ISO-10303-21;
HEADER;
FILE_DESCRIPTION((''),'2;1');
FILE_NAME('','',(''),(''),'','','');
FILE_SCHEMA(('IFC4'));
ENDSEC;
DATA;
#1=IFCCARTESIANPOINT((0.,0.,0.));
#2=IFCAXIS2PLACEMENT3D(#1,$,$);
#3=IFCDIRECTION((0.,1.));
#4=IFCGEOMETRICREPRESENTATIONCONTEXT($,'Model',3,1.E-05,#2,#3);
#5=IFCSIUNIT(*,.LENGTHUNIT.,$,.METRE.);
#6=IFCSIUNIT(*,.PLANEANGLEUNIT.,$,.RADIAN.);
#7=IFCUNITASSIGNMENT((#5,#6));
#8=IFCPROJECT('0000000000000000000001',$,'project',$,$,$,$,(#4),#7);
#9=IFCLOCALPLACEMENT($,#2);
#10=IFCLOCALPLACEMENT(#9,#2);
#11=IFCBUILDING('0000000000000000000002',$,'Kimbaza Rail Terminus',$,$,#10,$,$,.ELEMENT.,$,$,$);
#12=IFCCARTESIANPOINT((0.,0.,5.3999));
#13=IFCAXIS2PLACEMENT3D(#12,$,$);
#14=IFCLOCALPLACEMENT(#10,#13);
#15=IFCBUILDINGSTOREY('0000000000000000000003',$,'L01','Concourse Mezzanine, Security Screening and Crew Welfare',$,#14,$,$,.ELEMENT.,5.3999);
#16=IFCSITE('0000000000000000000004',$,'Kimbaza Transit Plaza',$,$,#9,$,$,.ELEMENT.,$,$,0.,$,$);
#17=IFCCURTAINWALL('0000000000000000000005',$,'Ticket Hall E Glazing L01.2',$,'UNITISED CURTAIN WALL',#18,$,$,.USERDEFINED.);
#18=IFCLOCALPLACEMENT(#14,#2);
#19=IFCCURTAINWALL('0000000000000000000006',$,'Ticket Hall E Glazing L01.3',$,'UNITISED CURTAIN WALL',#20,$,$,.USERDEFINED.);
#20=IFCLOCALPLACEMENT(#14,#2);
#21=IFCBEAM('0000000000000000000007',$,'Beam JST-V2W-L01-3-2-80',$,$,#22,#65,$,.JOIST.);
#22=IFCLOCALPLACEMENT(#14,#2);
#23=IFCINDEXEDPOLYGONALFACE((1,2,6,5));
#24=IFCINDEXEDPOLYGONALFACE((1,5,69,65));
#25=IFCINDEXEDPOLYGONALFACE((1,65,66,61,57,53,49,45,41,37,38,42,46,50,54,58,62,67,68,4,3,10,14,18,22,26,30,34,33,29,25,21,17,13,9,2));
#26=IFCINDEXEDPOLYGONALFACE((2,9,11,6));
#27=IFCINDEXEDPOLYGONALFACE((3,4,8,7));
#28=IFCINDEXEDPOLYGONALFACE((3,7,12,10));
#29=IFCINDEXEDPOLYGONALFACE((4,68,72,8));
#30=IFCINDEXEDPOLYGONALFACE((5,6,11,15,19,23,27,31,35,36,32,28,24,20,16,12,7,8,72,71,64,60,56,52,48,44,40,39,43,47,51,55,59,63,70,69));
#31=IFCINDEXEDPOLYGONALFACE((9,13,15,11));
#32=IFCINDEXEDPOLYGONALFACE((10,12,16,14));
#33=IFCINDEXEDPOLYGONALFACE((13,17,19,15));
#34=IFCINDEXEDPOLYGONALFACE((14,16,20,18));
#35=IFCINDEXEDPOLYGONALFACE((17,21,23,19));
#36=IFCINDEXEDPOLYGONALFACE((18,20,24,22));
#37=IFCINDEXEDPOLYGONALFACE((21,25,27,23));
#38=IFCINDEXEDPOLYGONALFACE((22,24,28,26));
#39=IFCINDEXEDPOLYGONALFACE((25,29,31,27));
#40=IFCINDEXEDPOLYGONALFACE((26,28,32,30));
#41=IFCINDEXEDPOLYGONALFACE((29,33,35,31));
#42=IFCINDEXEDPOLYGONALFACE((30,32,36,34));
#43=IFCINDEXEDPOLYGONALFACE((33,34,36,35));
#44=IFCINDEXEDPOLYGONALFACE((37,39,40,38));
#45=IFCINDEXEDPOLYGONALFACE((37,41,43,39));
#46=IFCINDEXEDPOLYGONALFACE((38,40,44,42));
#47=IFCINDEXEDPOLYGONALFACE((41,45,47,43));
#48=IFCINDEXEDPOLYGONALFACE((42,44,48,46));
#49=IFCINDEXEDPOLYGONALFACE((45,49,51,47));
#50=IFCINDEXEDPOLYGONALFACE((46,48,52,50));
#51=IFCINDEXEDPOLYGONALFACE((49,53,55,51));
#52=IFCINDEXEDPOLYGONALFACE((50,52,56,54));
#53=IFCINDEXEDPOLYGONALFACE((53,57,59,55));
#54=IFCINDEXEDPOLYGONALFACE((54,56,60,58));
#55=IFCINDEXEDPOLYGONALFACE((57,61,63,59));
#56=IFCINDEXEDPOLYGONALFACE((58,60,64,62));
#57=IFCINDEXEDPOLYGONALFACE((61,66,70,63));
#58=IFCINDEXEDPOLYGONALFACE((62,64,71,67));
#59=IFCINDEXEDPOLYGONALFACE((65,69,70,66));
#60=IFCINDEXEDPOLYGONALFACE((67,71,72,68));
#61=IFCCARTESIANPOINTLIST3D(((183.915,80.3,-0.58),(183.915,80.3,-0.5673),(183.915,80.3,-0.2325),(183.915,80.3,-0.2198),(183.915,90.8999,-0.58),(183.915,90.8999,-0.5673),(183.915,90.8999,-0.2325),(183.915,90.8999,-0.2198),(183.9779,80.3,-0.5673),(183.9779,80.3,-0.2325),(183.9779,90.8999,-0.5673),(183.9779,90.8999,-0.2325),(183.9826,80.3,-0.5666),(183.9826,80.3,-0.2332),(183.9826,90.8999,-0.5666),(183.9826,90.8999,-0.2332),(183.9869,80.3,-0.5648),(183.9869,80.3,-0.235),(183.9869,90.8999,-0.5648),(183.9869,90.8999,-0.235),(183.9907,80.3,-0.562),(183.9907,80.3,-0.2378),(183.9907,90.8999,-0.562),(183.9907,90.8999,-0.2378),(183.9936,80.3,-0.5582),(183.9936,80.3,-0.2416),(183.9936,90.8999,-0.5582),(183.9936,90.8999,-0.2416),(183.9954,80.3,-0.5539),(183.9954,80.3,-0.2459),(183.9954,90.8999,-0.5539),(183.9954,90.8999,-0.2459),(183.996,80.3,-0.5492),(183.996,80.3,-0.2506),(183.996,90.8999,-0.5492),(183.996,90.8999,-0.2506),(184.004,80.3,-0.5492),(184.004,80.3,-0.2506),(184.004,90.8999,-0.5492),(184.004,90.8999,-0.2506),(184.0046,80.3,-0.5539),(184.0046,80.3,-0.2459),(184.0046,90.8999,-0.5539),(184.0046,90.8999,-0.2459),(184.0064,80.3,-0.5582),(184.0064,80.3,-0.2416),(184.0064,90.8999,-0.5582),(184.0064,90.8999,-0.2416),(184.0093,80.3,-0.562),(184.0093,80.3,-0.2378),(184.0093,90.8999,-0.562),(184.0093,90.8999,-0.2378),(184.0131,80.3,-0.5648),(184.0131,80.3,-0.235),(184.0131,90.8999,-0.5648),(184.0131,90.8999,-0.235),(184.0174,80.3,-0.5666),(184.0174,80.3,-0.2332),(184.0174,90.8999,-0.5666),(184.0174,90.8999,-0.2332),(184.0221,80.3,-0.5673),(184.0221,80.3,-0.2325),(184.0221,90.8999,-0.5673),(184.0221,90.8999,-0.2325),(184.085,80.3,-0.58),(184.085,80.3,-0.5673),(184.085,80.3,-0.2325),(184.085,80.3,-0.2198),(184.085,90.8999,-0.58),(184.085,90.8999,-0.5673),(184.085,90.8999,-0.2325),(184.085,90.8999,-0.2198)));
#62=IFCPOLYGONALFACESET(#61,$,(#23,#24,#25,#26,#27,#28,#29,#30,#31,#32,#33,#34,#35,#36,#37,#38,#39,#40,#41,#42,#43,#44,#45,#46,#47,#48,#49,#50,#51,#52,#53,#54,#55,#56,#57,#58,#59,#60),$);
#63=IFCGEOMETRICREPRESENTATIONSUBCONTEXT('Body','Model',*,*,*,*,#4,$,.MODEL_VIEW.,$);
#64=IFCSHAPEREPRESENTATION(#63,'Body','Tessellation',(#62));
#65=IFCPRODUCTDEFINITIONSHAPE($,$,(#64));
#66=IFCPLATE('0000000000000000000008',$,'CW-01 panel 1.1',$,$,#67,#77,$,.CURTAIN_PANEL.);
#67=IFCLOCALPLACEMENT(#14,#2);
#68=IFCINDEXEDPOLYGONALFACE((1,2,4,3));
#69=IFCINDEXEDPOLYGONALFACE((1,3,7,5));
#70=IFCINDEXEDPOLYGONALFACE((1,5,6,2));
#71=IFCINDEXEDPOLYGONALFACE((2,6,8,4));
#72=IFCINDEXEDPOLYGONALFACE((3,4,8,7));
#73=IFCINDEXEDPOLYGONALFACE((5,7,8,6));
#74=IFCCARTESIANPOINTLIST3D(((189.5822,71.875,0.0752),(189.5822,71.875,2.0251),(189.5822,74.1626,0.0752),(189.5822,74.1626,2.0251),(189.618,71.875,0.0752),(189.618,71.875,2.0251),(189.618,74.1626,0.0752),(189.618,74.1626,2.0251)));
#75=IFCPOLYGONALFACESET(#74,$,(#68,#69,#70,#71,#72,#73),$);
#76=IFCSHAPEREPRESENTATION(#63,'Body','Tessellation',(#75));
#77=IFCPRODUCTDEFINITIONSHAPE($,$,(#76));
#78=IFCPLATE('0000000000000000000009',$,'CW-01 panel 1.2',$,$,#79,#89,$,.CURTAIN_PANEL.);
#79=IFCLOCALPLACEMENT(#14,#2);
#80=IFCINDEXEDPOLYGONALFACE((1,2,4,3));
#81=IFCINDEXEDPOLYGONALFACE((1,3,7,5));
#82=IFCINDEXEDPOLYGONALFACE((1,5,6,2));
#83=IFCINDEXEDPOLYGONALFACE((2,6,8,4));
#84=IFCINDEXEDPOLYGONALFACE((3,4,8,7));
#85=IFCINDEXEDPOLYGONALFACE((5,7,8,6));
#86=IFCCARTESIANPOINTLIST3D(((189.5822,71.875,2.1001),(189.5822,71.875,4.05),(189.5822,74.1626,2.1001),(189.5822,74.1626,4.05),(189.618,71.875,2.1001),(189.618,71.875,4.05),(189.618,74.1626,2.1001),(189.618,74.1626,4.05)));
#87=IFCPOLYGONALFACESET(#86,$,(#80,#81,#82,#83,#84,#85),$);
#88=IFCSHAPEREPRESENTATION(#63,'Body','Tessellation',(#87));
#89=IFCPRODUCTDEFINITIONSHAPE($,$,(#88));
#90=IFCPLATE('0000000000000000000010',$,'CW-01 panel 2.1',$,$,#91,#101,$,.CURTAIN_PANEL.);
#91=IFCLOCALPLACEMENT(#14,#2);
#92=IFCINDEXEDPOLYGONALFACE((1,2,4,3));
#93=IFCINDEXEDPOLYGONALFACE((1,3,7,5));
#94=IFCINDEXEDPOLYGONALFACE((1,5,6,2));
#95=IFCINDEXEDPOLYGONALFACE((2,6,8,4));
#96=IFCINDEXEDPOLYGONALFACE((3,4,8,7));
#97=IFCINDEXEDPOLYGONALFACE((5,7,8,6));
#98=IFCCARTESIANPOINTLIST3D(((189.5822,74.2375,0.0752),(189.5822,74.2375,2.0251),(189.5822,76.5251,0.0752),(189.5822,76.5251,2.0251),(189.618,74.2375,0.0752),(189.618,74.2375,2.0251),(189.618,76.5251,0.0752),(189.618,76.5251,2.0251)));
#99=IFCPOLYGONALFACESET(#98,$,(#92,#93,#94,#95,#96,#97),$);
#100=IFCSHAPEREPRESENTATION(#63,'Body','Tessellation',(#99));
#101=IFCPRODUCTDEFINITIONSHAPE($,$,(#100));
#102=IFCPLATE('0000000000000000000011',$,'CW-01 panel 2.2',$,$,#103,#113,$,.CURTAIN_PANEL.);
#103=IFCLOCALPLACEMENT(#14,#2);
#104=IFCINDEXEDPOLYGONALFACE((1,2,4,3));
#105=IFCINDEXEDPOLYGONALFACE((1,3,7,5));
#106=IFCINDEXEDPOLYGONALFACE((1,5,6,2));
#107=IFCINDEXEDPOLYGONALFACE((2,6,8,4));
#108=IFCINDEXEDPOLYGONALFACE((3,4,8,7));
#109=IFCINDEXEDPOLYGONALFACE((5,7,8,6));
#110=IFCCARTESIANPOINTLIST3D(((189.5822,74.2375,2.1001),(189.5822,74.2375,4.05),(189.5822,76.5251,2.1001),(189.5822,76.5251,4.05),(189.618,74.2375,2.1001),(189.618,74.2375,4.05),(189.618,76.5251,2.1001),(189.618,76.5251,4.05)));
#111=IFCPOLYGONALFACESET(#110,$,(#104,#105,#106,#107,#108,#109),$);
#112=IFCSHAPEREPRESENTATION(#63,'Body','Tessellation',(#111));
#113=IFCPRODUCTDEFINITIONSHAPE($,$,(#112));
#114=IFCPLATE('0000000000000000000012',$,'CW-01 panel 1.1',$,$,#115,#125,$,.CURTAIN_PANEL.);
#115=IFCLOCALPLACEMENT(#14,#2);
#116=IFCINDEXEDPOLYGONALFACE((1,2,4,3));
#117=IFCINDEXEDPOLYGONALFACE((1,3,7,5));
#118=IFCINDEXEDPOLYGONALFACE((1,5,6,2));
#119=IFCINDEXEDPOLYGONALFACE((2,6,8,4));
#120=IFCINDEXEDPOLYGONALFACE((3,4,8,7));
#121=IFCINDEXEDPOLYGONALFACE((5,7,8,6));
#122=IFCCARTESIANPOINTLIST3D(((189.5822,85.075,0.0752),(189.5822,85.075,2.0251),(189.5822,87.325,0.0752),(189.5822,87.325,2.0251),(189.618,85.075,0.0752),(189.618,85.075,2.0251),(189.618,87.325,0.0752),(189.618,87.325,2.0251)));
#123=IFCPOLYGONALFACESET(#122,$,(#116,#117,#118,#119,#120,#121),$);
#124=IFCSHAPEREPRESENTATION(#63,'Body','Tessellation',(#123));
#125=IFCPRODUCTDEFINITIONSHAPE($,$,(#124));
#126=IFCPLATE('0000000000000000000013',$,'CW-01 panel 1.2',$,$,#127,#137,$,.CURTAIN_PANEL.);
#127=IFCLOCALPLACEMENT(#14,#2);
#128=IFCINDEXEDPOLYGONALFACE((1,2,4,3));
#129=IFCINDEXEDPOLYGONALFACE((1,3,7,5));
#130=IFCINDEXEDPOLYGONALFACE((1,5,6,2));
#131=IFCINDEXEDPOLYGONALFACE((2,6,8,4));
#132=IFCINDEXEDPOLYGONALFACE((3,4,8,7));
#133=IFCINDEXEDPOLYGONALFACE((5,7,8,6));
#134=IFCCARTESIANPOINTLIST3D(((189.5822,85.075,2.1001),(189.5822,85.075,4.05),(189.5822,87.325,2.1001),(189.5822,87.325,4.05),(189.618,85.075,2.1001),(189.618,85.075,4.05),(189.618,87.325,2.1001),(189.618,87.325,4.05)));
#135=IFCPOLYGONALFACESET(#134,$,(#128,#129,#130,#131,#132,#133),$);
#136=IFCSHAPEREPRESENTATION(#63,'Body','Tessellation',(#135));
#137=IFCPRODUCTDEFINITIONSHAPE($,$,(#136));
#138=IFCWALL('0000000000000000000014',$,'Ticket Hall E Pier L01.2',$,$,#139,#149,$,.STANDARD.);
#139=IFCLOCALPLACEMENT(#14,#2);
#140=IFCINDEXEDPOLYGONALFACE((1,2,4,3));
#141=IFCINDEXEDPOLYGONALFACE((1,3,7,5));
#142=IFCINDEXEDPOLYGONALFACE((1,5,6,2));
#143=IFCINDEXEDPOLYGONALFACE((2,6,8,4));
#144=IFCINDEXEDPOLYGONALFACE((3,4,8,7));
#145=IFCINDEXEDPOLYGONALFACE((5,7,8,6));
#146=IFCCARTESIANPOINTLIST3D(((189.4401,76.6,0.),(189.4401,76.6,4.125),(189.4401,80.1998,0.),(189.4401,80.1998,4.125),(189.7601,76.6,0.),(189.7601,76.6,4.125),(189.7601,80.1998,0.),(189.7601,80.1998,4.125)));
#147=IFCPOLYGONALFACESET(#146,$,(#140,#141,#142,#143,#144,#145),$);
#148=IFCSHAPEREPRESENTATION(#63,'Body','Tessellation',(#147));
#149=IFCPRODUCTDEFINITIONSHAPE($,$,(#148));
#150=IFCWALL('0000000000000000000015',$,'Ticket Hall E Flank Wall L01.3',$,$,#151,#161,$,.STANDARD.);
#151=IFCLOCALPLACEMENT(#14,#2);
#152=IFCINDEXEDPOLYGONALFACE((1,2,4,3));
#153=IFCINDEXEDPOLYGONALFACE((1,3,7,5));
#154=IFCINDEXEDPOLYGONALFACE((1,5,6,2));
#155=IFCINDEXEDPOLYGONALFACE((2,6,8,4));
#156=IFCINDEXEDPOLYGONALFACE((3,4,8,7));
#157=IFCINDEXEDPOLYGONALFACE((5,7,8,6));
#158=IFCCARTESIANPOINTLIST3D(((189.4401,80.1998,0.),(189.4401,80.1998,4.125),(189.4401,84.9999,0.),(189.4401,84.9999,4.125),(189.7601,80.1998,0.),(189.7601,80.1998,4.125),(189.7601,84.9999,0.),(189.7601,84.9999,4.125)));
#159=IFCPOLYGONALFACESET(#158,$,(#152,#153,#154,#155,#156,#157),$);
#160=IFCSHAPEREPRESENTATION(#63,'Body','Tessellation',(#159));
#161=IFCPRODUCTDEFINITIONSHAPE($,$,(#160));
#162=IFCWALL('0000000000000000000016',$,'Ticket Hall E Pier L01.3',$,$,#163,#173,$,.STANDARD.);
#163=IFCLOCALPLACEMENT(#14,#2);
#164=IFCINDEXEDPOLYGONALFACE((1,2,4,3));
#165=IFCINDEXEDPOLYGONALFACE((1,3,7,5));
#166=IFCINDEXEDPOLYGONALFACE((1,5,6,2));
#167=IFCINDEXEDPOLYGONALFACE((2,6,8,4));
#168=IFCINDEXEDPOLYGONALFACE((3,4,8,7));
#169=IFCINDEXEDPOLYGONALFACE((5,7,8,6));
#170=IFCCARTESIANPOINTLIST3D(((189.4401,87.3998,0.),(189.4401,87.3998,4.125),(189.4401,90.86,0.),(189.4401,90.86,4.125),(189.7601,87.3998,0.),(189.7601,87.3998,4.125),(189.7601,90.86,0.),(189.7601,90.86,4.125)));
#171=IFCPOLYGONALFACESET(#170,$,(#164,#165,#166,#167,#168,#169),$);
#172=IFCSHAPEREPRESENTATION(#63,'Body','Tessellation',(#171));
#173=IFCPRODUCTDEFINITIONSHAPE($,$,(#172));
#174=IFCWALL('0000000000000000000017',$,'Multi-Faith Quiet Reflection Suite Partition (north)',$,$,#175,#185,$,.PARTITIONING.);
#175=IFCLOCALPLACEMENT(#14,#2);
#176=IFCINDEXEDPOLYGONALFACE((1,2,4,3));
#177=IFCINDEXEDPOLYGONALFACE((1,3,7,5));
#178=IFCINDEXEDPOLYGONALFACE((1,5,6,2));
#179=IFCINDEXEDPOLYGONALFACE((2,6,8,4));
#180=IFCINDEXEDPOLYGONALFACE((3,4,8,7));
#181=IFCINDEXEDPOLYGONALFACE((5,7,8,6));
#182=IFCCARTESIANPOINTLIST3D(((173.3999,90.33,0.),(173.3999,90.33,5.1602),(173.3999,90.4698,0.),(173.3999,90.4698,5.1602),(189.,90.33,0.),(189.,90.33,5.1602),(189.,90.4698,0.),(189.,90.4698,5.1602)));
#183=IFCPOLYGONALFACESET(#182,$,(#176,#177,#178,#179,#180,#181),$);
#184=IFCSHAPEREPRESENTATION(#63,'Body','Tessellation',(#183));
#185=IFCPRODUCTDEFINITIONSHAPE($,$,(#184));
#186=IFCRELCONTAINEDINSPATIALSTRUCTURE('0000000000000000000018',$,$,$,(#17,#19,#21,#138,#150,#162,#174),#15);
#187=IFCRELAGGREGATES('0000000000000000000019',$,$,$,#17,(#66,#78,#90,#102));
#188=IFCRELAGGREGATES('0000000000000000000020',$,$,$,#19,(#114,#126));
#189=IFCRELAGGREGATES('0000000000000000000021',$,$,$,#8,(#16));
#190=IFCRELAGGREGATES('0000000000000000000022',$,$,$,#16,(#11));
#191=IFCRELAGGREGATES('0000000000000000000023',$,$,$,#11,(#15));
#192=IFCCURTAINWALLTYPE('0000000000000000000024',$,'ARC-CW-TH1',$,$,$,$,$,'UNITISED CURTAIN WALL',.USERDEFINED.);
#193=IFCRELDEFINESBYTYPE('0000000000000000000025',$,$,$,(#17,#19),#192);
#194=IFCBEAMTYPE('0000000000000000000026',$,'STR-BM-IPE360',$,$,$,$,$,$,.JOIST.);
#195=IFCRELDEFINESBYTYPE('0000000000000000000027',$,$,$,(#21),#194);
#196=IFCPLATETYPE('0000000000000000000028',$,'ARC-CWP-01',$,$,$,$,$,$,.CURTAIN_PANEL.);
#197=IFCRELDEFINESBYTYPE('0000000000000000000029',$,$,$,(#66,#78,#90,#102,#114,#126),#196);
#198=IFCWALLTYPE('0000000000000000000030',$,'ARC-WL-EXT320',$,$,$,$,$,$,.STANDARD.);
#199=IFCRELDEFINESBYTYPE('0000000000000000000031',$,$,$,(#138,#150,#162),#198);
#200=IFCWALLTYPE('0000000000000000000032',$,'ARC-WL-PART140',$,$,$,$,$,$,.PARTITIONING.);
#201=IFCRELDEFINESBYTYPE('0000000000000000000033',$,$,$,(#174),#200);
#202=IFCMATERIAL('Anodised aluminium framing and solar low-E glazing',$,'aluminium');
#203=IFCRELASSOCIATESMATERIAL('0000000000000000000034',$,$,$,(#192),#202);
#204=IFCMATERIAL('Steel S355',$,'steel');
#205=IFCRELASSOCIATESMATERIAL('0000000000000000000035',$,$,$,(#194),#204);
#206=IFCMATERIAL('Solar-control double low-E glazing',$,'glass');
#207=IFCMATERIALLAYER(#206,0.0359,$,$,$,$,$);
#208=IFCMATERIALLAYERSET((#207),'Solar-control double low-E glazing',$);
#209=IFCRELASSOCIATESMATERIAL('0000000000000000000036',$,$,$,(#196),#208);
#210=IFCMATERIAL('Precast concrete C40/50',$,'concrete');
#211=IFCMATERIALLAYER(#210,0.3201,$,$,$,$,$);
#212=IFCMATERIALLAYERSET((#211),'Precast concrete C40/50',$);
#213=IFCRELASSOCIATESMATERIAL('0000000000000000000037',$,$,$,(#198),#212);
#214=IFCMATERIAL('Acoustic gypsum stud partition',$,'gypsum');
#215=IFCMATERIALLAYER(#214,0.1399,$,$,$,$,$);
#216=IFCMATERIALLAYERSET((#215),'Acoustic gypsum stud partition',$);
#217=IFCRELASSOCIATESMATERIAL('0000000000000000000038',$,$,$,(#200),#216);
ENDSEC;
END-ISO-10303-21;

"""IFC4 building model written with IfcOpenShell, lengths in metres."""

from ifc_helpers import new_model, si_unit, direction, frame, frame_2d, origin, origin_2d, place, context, subcontext, project, spatial, rectangle, i_section, extrude, material, layer, layer_set, material_profile, profile_set, type_object, element, aggregate, save


model = new_model("IFC4")

# Units and contexts
model_context = context("Model", 3, precision=1e-05, world=origin(), true_north=direction((0.0, 1.0)))
body_context = subcontext(model_context, "Body", "Model", "MODEL_VIEW")
ifc_project = project(units=[si_unit("LENGTHUNIT", "METRE"), si_unit("PLANEANGLEUNIT", "RADIAN")], contexts=[model_context])

# Site, building, storey
site_placement = place(None, origin())
site = spatial("IfcSite", under=ifc_project, at=site_placement, Name="Kimbaza Transit Plaza", CompositionType="ELEMENT", RefElevation=0.0)
building_placement = place(site_placement, origin())
building = spatial("IfcBuilding", under=site, at=building_placement, Name="Kimbaza Rail Terminus", CompositionType="ELEMENT")
storey_placement = place(building_placement, frame((0.0, 0.0, 5.3999)))
storey = spatial("IfcBuildingStorey", under=building, at=storey_placement, Name="L01", Description="Concourse Mezzanine, Security Screening and Crew Welfare", CompositionType="ELEMENT", Elevation=5.3999)

# Curtain walls
ifc_material_1 = material(Name="Anodised aluminium framing and solar low-E glazing", Category="aluminium")
curtain_wall_type = type_object("IfcCurtainWallType", Name="ARC-CW-TH1", ElementType="UNITISED CURTAIN WALL", PredefinedType="USERDEFINED", material=ifc_material_1)
curtain_wall_1_placement = place(storey_placement, origin())
curtain_wall_1 = element("IfcCurtainWall", 1, at=curtain_wall_1_placement, inside=storey, type_object=curtain_wall_type, Name="Ticket Hall E Glazing L01.2", ObjectType="UNITISED CURTAIN WALL", PredefinedType="USERDEFINED")
curtain_wall_2_placement = place(storey_placement, origin())
curtain_wall_2 = element("IfcCurtainWall", 2, at=curtain_wall_2_placement, inside=storey, type_object=curtain_wall_type, Name="Ticket Hall E Glazing L01.3", ObjectType="UNITISED CURTAIN WALL", PredefinedType="USERDEFINED")

# Beam
ifc_material_2 = material(Name="Steel S355", Category="steel")
ifc_material_profile_1 = material_profile(ifc_material_2, i_section(OverallWidth=0.1699, OverallDepth=0.3601, WebThickness=0.0081, FlangeThickness=0.0127, FilletRadius=0.0181, at=origin_2d()), Name="IPE 360")
ifc_profile_set_1 = profile_set([ifc_material_profile_1], Name="Steel S355")
beam_type_1 = type_object("IfcBeamType", Name="STR-BM-IPE360", PredefinedType="JOIST", material=ifc_profile_set_1)
beam_1_placement = place(storey_placement, frame((184.0, 80.3, -0.3999), z_axis=(0.0, 1.0, 0.0), x_axis=(-1.0, 0.0, 0.0)))
element("IfcBeam", 3, at=beam_1_placement, inside=storey, type_object=beam_type_1, Name="Beam JST-V2W-L01-3-2-80", PredefinedType="JOIST", context=body_context, shape_type="SweptSolid", body=[
    extrude(i_section(OverallWidth=0.1699, OverallDepth=0.3601, WebThickness=0.0081, FlangeThickness=0.0127, FilletRadius=0.0181, at=origin_2d()), origin(), (0.0, 0.0, 1.0), 10.5999),
])

# Plates
ifc_material_3 = material(Name="Solar-control double low-E glazing", Category="glass")
ifc_layer_1 = layer(ifc_material_3, 0.0359)
ifc_layer_set_1 = layer_set([ifc_layer_1], Name="Solar-control double low-E glazing")
plate_type = type_object("IfcPlateType", Name="ARC-CWP-01", PredefinedType="CURTAIN_PANEL", material=ifc_layer_set_1)
plate_1_placement = place(storey_placement, frame((189.6001, 73.0188, 0.0752), z_axis=(0.0, 0.0, 1.0), x_axis=(0.0, 1.0, 0.0)))
plate_1 = element("IfcPlate", 4, at=plate_1_placement, type_object=plate_type, Name="CW-01 panel 1.1", PredefinedType="CURTAIN_PANEL", context=body_context, shape_type="SweptSolid", body=[
    extrude(rectangle(XDim=2.2876, YDim=0.0359, at=origin_2d()), origin(), (0.0, 0.0, 1.0), 1.95),
])
plate_2_placement = place(storey_placement, frame((189.6001, 73.0188, 2.1001), z_axis=(0.0, 0.0, 1.0), x_axis=(0.0, 1.0, 0.0)))
plate_2 = element("IfcPlate", 5, at=plate_2_placement, type_object=plate_type, Name="CW-01 panel 1.2", PredefinedType="CURTAIN_PANEL", context=body_context, shape_type="SweptSolid", body=[
    extrude(rectangle(XDim=2.2876, YDim=0.0359, at=origin_2d()), origin(), (0.0, 0.0, 1.0), 1.95),
])
plate_3_placement = place(storey_placement, frame((189.6001, 75.3813, 0.0752), z_axis=(0.0, 0.0, 1.0), x_axis=(0.0, 1.0, 0.0)))
plate_3 = element("IfcPlate", 6, at=plate_3_placement, type_object=plate_type, Name="CW-01 panel 2.1", PredefinedType="CURTAIN_PANEL", context=body_context, shape_type="SweptSolid", body=[
    extrude(rectangle(XDim=2.2876, YDim=0.0359, at=origin_2d()), origin(), (0.0, 0.0, 1.0), 1.95),
])
plate_4_placement = place(storey_placement, frame((189.6001, 75.3813, 2.1001), z_axis=(0.0, 0.0, 1.0), x_axis=(0.0, 1.0, 0.0)))
plate_4 = element("IfcPlate", 7, at=plate_4_placement, type_object=plate_type, Name="CW-01 panel 2.2", PredefinedType="CURTAIN_PANEL", context=body_context, shape_type="SweptSolid", body=[
    extrude(rectangle(XDim=2.2876, YDim=0.0359, at=origin_2d()), origin(), (0.0, 0.0, 1.0), 1.95),
])
aggregate(curtain_wall_1, [plate_1, plate_2, plate_3, plate_4])
plate_5_placement = place(storey_placement, frame((189.6001, 86.2, 0.0752), z_axis=(0.0, 0.0, 1.0), x_axis=(0.0, 1.0, 0.0)))
plate_5 = element("IfcPlate", 8, at=plate_5_placement, type_object=plate_type, Name="CW-01 panel 1.1", PredefinedType="CURTAIN_PANEL", context=body_context, shape_type="SweptSolid", body=[
    extrude(rectangle(XDim=2.25, YDim=0.0359, at=origin_2d()), origin(), (0.0, 0.0, 1.0), 1.95),
])
plate_6_placement = place(storey_placement, frame((189.6001, 86.2, 2.1001), z_axis=(0.0, 0.0, 1.0), x_axis=(0.0, 1.0, 0.0)))
plate_6 = element("IfcPlate", 9, at=plate_6_placement, type_object=plate_type, Name="CW-01 panel 1.2", PredefinedType="CURTAIN_PANEL", context=body_context, shape_type="SweptSolid", body=[
    extrude(rectangle(XDim=2.25, YDim=0.0359, at=origin_2d()), origin(), (0.0, 0.0, 1.0), 1.95),
])
aggregate(curtain_wall_2, [plate_5, plate_6])

# Walls
ifc_material_4 = material(Name="Precast concrete C40/50", Category="concrete")
ifc_layer_2 = layer(ifc_material_4, 0.3201)
ifc_layer_set_2 = layer_set([ifc_layer_2], Name="Precast concrete C40/50")
wall_type_1 = type_object("IfcWallType", Name="ARC-WL-EXT320", PredefinedType="STANDARD", material=ifc_layer_set_2)
wall_1_placement = place(storey_placement, frame((189.6001, 76.6001, 0.0), z_axis=(0.0, 0.0, 1.0), x_axis=(0.0, 1.0, 0.0)))
element("IfcWall", 10, at=wall_1_placement, inside=storey, type_object=wall_type_1, Name="Ticket Hall E Pier L01.2", PredefinedType="STANDARD", context=body_context, shape_type="SweptSolid", body=[
    extrude(rectangle(XDim=3.5999, YDim=0.3201, at=frame_2d((1.7998, 0.0))), origin(), (0.0, 0.0, 1.0), 4.125),
])
wall_2_placement = place(storey_placement, frame((189.6001, 80.2, 0.0), z_axis=(0.0, 0.0, 1.0), x_axis=(0.0, 1.0, 0.0)))
element("IfcWall", 11, at=wall_2_placement, inside=storey, type_object=wall_type_1, Name="Ticket Hall E Flank Wall L01.3", PredefinedType="STANDARD", context=body_context, shape_type="SweptSolid", body=[
    extrude(rectangle(XDim=4.8, YDim=0.3201, at=frame_2d((2.3999, 0.0))), origin(), (0.0, 0.0, 1.0), 4.125),
])
wall_3_placement = place(storey_placement, frame((189.6001, 87.3999, 0.0), z_axis=(0.0, 0.0, 1.0), x_axis=(0.0, 1.0, 0.0)))
element("IfcWall", 12, at=wall_3_placement, inside=storey, type_object=wall_type_1, Name="Ticket Hall E Pier L01.3", PredefinedType="STANDARD", context=body_context, shape_type="SweptSolid", body=[
    extrude(rectangle(XDim=3.4602, YDim=0.3201, at=frame_2d((1.73, 0.0))), origin(), (0.0, 0.0, 1.0), 4.125),
])
ifc_material_5 = material(Name="Acoustic gypsum stud partition", Category="gypsum")
ifc_layer_3 = layer(ifc_material_5, 0.1399)
ifc_layer_set_3 = layer_set([ifc_layer_3], Name="Acoustic gypsum stud partition")
wall_type_2 = type_object("IfcWallType", Name="ARC-WL-PART140", PredefinedType="PARTITIONING", material=ifc_layer_set_3)
wall_4_placement = place(storey_placement, frame((189.0, 90.3999, 0.0), z_axis=(0.0, 0.0, 1.0), x_axis=(-1.0, 0.0, 0.0)))
element("IfcWall", 13, at=wall_4_placement, inside=storey, type_object=wall_type_2, Name="Multi-Faith Quiet Reflection Suite Partition (north)", PredefinedType="PARTITIONING", context=body_context, shape_type="SweptSolid", body=[
    extrude(rectangle(XDim=15.6001, YDim=0.1399, at=frame_2d((7.8, 0.0))), origin(), (0.0, 0.0, 1.0), 5.1602),
])

save(model, "model.ifc")
